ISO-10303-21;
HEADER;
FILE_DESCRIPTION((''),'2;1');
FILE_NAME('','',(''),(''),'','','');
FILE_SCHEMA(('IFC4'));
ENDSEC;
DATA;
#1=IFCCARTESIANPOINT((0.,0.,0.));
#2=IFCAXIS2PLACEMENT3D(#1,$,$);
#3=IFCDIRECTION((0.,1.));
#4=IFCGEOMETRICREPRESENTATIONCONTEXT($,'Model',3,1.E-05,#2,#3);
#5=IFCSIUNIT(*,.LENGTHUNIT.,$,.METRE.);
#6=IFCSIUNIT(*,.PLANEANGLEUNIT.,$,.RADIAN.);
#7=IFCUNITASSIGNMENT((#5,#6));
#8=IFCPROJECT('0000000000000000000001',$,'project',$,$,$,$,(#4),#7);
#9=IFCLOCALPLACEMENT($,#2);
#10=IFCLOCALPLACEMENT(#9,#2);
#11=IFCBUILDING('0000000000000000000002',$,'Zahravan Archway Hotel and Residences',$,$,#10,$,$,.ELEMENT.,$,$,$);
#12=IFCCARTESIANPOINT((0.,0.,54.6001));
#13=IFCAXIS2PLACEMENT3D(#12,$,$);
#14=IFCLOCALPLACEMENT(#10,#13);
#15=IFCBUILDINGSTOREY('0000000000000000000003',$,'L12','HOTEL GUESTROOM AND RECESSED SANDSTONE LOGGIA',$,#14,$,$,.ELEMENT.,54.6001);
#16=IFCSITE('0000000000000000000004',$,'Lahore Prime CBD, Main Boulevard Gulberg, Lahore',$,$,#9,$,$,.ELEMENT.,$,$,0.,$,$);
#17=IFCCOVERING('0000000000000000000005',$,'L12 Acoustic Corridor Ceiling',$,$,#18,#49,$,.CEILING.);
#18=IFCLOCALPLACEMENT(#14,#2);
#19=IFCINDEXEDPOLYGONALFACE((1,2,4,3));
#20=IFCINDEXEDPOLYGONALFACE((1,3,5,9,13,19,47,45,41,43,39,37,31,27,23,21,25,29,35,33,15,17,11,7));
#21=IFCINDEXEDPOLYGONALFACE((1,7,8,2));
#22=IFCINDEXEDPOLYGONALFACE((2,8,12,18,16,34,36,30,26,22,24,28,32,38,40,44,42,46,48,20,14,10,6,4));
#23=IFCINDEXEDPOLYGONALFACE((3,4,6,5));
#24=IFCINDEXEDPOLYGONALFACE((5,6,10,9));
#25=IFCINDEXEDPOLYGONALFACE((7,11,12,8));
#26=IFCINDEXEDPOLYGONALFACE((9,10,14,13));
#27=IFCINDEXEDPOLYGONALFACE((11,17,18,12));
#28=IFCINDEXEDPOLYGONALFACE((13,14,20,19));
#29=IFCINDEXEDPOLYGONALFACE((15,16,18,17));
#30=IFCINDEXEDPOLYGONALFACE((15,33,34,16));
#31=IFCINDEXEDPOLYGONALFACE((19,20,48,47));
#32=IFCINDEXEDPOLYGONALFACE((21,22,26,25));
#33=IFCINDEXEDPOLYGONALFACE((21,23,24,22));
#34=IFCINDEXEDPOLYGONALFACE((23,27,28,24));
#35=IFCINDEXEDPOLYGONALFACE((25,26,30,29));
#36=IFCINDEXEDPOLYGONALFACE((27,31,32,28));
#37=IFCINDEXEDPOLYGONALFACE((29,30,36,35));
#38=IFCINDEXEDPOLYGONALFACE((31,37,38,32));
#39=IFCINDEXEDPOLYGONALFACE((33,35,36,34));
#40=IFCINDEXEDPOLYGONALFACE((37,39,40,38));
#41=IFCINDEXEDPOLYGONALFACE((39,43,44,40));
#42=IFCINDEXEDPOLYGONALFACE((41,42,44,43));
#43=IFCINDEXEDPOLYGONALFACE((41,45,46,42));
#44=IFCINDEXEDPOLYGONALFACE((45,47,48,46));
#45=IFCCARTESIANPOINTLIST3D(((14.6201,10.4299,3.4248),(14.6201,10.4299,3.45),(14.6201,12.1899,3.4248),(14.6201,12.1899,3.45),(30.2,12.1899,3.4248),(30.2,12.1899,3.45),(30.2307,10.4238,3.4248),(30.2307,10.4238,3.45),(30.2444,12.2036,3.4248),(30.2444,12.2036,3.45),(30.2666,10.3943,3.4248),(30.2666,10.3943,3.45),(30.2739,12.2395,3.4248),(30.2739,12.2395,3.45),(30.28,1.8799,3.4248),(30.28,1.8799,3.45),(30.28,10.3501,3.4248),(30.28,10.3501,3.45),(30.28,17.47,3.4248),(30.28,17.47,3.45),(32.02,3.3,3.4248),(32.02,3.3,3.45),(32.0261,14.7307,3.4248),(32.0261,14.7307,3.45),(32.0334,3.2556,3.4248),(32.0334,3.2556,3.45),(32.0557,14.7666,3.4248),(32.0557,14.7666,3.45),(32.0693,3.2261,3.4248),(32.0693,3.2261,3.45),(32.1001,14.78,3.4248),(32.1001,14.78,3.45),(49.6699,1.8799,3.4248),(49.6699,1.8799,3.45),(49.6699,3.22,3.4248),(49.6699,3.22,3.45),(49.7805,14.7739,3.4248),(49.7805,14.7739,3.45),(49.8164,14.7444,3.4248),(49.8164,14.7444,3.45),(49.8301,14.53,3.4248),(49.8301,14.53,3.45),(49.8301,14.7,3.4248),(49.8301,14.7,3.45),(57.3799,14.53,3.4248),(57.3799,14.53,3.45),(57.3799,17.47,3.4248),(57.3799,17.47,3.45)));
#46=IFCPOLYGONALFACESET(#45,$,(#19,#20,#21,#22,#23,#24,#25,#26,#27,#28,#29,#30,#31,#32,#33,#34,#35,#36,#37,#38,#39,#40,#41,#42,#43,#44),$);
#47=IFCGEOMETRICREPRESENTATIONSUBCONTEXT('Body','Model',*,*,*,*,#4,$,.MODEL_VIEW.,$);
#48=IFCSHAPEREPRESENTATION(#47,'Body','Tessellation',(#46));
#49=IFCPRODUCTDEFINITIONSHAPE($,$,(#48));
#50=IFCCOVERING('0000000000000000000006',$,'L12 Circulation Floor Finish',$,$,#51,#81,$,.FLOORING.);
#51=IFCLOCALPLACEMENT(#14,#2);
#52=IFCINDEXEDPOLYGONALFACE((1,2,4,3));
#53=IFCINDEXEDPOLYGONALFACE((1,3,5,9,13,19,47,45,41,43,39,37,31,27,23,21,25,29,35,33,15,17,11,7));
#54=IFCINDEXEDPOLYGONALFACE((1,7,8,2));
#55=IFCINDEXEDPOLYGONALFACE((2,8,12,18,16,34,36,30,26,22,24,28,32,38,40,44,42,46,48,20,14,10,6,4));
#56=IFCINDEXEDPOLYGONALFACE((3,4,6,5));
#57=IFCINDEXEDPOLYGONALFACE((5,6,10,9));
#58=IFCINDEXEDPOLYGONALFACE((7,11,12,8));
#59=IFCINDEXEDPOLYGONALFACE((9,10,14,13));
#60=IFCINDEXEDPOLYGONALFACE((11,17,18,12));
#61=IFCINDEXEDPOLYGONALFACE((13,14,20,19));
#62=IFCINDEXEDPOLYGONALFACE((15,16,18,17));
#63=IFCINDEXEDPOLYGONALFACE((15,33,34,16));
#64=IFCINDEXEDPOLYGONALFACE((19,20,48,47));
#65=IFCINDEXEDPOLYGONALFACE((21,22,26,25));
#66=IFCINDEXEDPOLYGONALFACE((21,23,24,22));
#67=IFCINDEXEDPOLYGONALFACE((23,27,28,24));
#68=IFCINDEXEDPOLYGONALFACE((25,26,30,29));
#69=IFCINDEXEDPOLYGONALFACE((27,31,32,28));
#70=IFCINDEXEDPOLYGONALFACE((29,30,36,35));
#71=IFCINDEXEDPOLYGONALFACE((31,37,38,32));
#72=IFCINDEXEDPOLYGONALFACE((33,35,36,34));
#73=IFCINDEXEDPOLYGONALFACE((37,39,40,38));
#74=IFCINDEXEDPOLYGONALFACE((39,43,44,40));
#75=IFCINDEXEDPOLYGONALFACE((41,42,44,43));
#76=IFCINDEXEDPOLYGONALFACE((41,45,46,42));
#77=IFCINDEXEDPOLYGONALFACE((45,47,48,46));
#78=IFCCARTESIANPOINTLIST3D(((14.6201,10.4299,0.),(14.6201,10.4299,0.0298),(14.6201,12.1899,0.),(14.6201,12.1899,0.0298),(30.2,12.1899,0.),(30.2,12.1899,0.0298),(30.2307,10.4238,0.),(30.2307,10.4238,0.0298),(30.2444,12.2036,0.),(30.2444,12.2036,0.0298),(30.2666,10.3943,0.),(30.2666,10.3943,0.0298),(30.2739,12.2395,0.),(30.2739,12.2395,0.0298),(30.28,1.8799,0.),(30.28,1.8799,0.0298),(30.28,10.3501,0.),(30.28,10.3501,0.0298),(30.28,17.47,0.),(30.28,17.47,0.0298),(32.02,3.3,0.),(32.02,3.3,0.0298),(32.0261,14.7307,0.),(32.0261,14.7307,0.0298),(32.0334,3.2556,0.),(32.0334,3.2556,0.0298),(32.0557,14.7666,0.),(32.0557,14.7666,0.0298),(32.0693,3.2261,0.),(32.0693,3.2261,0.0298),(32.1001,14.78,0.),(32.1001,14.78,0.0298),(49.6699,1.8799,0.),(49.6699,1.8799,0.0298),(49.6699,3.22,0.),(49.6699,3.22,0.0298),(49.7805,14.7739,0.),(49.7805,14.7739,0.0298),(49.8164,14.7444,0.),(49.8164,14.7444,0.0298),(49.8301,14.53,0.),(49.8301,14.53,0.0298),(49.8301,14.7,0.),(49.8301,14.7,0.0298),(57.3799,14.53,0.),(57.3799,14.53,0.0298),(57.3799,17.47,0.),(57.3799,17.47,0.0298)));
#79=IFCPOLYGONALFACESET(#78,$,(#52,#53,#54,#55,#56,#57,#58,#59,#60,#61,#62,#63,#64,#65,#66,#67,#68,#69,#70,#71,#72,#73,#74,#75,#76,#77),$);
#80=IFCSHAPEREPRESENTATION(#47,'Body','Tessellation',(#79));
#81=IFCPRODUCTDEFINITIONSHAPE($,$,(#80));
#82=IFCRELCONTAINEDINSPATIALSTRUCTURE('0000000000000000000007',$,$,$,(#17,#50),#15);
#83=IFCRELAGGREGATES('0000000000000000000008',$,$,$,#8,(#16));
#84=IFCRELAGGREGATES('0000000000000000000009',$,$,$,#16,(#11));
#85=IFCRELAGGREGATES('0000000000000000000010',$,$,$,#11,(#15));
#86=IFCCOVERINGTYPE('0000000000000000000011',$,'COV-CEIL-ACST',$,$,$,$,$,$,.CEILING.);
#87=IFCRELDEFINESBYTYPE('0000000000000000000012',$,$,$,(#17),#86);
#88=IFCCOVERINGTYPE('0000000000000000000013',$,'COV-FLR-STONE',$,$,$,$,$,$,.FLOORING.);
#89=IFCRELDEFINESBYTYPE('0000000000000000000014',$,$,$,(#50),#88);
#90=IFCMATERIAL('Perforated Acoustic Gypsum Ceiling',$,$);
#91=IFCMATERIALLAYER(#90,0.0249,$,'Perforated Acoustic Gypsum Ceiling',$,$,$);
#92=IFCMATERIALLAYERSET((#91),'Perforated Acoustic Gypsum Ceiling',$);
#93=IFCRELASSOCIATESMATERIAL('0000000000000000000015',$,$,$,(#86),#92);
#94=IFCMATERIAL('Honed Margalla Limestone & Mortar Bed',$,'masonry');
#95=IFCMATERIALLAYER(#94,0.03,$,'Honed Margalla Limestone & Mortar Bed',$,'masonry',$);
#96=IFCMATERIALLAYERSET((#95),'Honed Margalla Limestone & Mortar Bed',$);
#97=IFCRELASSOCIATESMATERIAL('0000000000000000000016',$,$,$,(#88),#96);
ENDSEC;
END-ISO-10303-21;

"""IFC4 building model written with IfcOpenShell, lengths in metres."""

from ifc_helpers import new_model, si_unit, direction, frame, origin, place, context, subcontext, project, spatial, polyline, outline, extrude, material, layer, layer_set, type_object, element, save


model = new_model("IFC4")

# Units and contexts
model_context = context("Model", 3, precision=1e-05, world=origin(), true_north=direction((0.0, 1.0)))
body_context = subcontext(model_context, "Body", "Model", "MODEL_VIEW")
ifc_project = project(units=[si_unit("LENGTHUNIT", "METRE"), si_unit("PLANEANGLEUNIT", "RADIAN")], contexts=[model_context])

# Site, building, storey
site_placement = place(None, origin())
site = spatial("IfcSite", under=ifc_project, at=site_placement, Name="Lahore Prime CBD, Main Boulevard Gulberg, Lahore", CompositionType="ELEMENT", RefElevation=0.0)
building_placement = place(site_placement, origin())
building = spatial("IfcBuilding", under=site, at=building_placement, Name="Zahravan Archway Hotel and Residences", CompositionType="ELEMENT")
storey_placement = place(building_placement, frame((0.0, 0.0, 54.6001)))
storey = spatial("IfcBuildingStorey", under=building, at=storey_placement, Name="L12", Description="HOTEL GUESTROOM AND RECESSED SANDSTONE LOGGIA", CompositionType="ELEMENT", Elevation=54.6001)

# Coverings
ifc_material_1 = material(Name="Perforated Acoustic Gypsum Ceiling")
ifc_layer_1 = layer(ifc_material_1, 0.0249, Name="Perforated Acoustic Gypsum Ceiling")
ifc_layer_set_1 = layer_set([ifc_layer_1], Name="Perforated Acoustic Gypsum Ceiling")
covering_type_1 = type_object("IfcCoveringType", Name="COV-CEIL-ACST", PredefinedType="CEILING", material=ifc_layer_set_1)
covering_1_placement = place(storey_placement, frame((0.0, 0.0, 3.4248)))
element("IfcCovering", 1, at=covering_1_placement, inside=storey, type_object=covering_type_1, Name="L12 Acoustic Corridor Ceiling", PredefinedType="CEILING", context=body_context, shape_type="SweptSolid", body=[
    extrude(outline(polyline([(57.3799, 14.53), (49.8301, 14.53), (49.8301, 14.7), (49.8164, 14.7444), (49.7805, 14.7739), (32.1001, 14.78), (32.0557, 14.7666), (32.0261, 14.7307), (32.02, 3.3), (32.0334, 3.2556), (32.0693, 3.2261), (49.6699, 3.22), (49.6699, 1.8799), (30.28, 1.8799), (30.28, 10.3501), (30.2666, 10.3943), (30.2307, 10.4238), (14.6201, 10.4299), (14.6201, 12.1899), (30.2, 12.1899), (30.2444, 12.2036), (30.2739, 12.2395), (30.28, 17.47), (57.3799, 17.47), (57.3799, 14.53)])), origin(), (0.0, 0.0, 1.0), 0.0251),
])
ifc_material_2 = material(Name="Honed Margalla Limestone & Mortar Bed", Category="masonry")
ifc_layer_2 = layer(ifc_material_2, 0.03, Name="Honed Margalla Limestone & Mortar Bed", Category="masonry")
ifc_layer_set_2 = layer_set([ifc_layer_2], Name="Honed Margalla Limestone & Mortar Bed")
covering_type_2 = type_object("IfcCoveringType", Name="COV-FLR-STONE", PredefinedType="FLOORING", material=ifc_layer_set_2)
covering_2_placement = place(storey_placement, origin())
element("IfcCovering", 2, at=covering_2_placement, inside=storey, type_object=covering_type_2, Name="L12 Circulation Floor Finish", PredefinedType="FLOORING", context=body_context, shape_type="SweptSolid", body=[
    extrude(outline(polyline([(57.3799, 14.53), (49.8301, 14.53), (49.8301, 14.7), (49.8164, 14.7444), (49.7805, 14.7739), (32.1001, 14.78), (32.0557, 14.7666), (32.0261, 14.7307), (32.02, 3.3), (32.0334, 3.2556), (32.0693, 3.2261), (49.6699, 3.22), (49.6699, 1.8799), (30.28, 1.8799), (30.28, 10.3501), (30.2666, 10.3943), (30.2307, 10.4238), (14.6201, 10.4299), (14.6201, 12.1899), (30.2, 12.1899), (30.2444, 12.2036), (30.2739, 12.2395), (30.28, 17.47), (57.3799, 17.47), (57.3799, 14.53)])), origin(), (0.0, 0.0, 1.0), 0.0298),
])

save(model, "model.ifc")
